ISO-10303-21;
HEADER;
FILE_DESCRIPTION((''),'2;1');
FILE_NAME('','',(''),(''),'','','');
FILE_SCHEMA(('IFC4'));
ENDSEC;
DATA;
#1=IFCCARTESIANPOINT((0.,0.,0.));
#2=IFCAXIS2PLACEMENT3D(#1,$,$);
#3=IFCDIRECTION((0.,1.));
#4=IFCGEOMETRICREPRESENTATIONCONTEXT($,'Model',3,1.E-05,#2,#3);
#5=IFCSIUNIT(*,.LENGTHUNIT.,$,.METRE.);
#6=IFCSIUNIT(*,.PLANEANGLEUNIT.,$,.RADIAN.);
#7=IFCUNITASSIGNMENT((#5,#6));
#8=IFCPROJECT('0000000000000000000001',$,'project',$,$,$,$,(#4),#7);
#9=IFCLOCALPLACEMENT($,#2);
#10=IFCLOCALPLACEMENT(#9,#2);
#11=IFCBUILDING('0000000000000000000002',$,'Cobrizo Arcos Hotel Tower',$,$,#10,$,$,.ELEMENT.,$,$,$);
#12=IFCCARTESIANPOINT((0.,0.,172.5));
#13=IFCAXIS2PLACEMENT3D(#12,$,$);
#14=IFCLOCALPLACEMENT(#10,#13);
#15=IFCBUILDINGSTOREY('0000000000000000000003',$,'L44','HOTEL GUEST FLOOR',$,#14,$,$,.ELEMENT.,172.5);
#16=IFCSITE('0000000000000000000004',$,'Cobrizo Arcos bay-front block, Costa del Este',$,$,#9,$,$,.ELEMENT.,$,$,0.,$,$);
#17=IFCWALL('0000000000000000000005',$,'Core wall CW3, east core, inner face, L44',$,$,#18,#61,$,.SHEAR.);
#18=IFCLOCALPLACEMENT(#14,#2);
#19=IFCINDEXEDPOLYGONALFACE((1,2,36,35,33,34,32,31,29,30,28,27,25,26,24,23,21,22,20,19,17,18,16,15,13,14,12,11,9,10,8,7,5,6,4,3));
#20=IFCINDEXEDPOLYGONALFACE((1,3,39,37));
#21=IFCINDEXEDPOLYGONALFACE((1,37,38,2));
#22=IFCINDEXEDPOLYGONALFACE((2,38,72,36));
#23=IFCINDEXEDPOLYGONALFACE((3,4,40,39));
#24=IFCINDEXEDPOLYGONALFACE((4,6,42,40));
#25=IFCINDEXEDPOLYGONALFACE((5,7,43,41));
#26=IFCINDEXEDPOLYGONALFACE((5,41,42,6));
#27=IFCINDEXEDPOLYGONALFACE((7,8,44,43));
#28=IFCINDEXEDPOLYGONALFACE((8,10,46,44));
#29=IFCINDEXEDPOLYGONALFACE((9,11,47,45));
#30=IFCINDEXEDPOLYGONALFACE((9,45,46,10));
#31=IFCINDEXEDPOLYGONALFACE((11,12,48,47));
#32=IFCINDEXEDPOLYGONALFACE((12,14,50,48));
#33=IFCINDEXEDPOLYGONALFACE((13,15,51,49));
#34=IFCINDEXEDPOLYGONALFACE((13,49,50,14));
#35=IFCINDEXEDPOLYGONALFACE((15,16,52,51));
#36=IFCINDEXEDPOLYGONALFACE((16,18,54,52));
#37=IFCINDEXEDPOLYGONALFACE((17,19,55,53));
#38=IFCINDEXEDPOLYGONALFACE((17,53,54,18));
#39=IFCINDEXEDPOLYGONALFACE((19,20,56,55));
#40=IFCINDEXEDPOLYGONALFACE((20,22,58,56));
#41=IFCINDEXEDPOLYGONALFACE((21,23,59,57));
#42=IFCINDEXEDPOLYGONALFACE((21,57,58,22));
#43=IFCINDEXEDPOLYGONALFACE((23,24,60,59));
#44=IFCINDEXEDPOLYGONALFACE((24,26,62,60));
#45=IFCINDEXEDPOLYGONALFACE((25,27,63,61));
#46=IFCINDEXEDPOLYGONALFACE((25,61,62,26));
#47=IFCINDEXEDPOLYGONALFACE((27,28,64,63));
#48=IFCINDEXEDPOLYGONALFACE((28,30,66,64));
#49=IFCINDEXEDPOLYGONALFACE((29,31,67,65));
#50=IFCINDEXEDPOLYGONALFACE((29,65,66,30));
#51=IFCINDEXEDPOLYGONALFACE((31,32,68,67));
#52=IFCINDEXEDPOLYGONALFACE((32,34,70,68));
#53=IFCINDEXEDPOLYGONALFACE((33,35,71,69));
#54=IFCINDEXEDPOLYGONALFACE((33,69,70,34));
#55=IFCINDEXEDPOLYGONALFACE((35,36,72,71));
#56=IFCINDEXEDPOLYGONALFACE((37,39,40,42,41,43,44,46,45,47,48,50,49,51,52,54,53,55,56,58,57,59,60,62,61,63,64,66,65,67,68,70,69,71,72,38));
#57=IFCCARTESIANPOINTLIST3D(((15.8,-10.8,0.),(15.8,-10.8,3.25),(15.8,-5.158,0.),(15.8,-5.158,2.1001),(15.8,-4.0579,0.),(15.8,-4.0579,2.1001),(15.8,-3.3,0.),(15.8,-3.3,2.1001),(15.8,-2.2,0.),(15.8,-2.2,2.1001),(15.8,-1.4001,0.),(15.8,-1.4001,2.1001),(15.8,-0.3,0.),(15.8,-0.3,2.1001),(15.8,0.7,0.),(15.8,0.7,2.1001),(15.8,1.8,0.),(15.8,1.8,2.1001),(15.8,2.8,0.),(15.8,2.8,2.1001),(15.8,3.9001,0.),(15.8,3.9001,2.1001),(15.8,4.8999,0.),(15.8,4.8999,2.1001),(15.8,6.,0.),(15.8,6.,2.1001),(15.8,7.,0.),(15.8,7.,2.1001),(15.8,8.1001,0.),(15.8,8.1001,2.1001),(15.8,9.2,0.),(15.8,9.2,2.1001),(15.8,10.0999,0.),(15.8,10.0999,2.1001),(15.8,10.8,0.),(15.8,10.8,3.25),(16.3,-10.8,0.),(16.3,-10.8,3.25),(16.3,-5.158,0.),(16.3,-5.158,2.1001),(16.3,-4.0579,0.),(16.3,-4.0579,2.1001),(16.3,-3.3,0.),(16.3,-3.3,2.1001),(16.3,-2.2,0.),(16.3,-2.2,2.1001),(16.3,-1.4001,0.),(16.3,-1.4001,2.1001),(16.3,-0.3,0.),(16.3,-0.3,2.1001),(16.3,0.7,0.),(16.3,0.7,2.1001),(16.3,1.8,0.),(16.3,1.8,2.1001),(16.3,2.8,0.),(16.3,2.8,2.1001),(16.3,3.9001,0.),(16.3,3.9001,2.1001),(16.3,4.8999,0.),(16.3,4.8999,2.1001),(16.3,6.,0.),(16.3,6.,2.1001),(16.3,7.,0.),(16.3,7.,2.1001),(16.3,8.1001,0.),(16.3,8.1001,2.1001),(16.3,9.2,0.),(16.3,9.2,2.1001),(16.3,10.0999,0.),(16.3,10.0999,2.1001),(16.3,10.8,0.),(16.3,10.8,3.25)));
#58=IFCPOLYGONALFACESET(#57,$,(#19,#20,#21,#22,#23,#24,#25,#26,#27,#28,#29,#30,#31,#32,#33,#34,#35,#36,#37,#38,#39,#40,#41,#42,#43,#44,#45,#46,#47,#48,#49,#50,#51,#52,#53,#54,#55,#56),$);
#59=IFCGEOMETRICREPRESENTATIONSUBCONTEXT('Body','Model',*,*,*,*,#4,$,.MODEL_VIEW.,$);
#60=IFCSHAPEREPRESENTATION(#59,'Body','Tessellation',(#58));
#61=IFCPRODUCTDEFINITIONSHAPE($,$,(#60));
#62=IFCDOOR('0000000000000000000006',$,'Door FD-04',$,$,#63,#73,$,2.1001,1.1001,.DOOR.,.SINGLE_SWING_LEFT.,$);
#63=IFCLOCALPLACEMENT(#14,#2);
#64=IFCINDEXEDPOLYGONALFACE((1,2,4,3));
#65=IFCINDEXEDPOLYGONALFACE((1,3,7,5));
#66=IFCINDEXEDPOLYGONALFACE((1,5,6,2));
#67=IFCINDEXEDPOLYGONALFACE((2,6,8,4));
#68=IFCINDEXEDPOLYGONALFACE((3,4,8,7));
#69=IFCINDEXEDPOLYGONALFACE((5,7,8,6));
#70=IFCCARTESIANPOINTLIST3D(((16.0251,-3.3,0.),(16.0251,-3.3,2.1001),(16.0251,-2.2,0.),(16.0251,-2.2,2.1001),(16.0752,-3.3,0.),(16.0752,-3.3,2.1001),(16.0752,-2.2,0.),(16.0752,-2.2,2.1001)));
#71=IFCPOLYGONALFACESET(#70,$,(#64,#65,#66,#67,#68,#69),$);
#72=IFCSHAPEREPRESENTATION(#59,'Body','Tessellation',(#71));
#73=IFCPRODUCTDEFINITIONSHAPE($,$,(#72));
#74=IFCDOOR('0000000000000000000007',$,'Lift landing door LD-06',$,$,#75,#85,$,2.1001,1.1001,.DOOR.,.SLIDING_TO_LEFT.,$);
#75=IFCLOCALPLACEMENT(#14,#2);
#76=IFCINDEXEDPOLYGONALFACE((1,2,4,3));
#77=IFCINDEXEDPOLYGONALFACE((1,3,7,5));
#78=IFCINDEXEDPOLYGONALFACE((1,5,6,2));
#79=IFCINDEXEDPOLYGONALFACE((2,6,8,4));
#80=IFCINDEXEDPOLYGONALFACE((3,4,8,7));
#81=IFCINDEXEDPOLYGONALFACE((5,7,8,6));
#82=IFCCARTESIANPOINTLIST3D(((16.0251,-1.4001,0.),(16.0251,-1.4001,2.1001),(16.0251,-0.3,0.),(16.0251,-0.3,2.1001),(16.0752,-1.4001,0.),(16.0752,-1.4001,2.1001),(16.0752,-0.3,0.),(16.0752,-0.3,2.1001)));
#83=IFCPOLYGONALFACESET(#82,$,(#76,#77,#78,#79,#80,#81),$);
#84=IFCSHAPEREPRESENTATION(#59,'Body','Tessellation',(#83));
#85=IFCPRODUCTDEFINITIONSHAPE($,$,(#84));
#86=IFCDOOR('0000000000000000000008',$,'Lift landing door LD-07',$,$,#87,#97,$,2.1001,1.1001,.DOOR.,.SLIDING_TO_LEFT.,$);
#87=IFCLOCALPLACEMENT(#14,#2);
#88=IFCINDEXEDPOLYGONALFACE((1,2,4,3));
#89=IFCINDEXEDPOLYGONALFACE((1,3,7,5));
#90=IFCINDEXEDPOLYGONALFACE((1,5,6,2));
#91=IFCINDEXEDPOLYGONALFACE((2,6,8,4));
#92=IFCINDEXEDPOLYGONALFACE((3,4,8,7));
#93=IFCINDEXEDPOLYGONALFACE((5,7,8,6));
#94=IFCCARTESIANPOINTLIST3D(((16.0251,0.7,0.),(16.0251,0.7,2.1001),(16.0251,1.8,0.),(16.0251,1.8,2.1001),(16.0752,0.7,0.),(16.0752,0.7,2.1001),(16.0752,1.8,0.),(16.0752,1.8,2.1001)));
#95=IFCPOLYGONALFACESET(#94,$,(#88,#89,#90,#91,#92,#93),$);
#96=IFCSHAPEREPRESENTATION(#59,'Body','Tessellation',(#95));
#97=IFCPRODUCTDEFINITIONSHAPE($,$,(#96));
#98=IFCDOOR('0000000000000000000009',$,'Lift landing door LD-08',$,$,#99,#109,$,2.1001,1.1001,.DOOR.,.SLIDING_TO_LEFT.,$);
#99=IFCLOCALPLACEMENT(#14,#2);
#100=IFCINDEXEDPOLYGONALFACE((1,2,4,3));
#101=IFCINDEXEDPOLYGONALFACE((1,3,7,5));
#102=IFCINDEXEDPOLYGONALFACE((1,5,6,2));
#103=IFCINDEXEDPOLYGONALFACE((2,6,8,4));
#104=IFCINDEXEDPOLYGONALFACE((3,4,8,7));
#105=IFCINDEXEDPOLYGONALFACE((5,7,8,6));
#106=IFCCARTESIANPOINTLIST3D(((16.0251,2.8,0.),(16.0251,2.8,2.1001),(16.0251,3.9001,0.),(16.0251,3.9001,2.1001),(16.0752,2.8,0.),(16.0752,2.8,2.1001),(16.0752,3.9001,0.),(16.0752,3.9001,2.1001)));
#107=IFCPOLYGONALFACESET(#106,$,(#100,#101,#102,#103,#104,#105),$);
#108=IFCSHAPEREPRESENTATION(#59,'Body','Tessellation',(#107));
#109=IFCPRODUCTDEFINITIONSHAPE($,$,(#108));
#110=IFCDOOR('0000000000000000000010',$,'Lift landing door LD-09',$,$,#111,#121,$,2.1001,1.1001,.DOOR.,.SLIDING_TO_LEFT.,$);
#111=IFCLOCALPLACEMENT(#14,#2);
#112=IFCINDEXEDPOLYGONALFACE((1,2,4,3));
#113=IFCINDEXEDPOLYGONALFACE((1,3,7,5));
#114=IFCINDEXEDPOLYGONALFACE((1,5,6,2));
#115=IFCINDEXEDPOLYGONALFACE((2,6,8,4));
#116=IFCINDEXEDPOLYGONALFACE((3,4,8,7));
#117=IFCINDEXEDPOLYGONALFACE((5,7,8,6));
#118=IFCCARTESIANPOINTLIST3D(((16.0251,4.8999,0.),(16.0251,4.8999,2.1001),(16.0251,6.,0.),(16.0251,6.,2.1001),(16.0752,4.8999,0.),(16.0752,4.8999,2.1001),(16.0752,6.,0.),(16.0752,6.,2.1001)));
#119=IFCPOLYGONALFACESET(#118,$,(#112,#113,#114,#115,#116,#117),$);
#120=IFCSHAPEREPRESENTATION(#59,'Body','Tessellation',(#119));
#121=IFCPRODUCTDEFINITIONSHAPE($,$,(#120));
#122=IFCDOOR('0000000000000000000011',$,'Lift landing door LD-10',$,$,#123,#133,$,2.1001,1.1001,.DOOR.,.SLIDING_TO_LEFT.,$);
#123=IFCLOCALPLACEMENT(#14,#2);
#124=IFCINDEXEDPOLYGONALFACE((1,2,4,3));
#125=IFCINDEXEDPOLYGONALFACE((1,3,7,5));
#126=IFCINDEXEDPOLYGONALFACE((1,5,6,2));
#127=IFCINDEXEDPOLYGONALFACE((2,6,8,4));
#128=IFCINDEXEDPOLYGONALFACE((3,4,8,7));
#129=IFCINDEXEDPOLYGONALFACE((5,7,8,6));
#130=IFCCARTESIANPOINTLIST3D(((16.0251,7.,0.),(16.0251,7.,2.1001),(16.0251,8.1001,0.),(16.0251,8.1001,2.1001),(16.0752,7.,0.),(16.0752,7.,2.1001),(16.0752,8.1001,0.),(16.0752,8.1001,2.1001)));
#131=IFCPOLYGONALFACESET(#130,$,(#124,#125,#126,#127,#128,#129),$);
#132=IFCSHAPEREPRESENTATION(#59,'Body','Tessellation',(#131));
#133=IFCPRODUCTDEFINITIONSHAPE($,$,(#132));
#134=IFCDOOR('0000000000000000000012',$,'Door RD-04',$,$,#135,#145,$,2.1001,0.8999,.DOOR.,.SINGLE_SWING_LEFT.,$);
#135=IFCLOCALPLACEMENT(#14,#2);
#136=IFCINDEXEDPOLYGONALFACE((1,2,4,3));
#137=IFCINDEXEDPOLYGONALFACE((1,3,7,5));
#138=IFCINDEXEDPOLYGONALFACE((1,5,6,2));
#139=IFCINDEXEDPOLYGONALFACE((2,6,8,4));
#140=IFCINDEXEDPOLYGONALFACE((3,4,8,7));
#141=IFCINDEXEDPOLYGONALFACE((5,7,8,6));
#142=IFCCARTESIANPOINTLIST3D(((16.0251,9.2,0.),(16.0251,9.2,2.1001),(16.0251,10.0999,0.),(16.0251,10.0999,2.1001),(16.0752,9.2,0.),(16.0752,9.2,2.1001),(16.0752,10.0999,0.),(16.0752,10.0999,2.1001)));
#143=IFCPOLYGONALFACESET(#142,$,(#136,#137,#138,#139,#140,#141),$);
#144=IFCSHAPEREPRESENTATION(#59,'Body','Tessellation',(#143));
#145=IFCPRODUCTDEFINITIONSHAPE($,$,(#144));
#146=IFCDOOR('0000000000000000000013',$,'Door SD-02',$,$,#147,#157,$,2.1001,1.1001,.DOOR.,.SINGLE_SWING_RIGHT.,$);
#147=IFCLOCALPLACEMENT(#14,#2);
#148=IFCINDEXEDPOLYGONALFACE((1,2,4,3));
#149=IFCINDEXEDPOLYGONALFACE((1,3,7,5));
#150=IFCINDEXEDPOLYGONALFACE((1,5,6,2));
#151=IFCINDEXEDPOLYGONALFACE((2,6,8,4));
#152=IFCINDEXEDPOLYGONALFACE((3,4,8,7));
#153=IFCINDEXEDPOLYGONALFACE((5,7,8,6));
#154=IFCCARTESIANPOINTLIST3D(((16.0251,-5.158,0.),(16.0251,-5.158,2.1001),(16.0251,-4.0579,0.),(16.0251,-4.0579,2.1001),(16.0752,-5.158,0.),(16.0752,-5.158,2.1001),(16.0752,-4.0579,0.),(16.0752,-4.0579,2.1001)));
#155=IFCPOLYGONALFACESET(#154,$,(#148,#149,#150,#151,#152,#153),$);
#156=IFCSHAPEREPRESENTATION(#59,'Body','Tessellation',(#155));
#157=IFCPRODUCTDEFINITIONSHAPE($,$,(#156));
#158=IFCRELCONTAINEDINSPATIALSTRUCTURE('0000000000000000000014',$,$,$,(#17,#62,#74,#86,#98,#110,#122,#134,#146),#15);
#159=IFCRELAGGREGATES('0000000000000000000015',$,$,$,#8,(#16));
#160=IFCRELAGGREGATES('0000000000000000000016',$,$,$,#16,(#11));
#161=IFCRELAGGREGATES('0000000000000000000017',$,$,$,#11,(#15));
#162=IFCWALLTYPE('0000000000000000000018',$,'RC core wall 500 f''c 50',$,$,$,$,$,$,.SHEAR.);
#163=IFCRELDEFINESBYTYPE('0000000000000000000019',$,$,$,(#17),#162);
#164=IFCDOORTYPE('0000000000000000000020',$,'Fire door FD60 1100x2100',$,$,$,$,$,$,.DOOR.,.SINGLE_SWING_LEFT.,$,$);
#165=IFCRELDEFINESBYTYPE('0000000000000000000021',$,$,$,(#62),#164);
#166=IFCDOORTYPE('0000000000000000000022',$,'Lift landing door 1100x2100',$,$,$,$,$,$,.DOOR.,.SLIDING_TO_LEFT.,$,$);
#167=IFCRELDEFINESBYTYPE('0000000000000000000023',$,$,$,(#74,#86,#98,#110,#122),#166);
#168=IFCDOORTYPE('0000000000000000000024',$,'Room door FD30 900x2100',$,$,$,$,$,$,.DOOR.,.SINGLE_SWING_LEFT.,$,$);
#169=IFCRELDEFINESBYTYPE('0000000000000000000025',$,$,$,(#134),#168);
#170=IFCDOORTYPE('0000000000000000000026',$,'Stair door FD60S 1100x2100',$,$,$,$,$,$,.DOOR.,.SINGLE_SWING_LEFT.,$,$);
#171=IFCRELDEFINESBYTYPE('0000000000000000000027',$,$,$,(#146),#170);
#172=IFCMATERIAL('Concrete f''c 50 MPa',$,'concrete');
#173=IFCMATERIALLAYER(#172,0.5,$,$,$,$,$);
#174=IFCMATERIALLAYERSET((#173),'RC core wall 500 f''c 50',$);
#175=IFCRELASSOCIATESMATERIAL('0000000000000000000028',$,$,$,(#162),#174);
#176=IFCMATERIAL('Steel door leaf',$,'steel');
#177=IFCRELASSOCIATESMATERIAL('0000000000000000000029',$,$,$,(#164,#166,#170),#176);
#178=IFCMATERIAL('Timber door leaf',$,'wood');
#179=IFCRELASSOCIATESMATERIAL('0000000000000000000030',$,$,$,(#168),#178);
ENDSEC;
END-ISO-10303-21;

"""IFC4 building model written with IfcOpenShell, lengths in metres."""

from ifc_helpers import new_model, si_unit, direction, frame, frame_2d, origin, place, context, subcontext, project, spatial, rectangle, extrude, material, layer, layer_set, type_object, element, fill, save


model = new_model("IFC4")

# Units and contexts
model_context = context("Model", 3, precision=1e-05, world=origin(), true_north=direction((0.0, 1.0)))
body_context = subcontext(model_context, "Body", "Model", "MODEL_VIEW")
ifc_project = project(units=[si_unit("LENGTHUNIT", "METRE"), si_unit("PLANEANGLEUNIT", "RADIAN")], contexts=[model_context])

# Site, building, storey
site_placement = place(None, origin())
site = spatial("IfcSite", under=ifc_project, at=site_placement, Name="Cobrizo Arcos bay-front block, Costa del Este", CompositionType="ELEMENT", RefElevation=0.0)
building_placement = place(site_placement, origin())
building = spatial("IfcBuilding", under=site, at=building_placement, Name="Cobrizo Arcos Hotel Tower", CompositionType="ELEMENT")
storey_placement = place(building_placement, frame((0.0, 0.0, 172.5)))
storey = spatial("IfcBuildingStorey", under=building, at=storey_placement, Name="L44", Description="HOTEL GUEST FLOOR", CompositionType="ELEMENT", Elevation=172.5)

# Wall, openings, doors
ifc_material_1 = material(Name="Concrete f'c 50 MPa", Category="concrete")
ifc_layer_1 = layer(ifc_material_1, 0.5)
ifc_layer_set_1 = layer_set([ifc_layer_1], Name="RC core wall 500 f'c 50")
wall_type_1 = type_object("IfcWallType", Name="RC core wall 500 f'c 50", PredefinedType="SHEAR", material=ifc_layer_set_1)
wall_1_placement = place(storey_placement, frame((16.05, -10.8, 0.0), z_axis=(0.0, 0.0, 1.0), x_axis=(0.0, 1.0, 0.0)))
wall_1 = element("IfcWall", 1, at=wall_1_placement, inside=storey, type_object=wall_type_1, Name="Core wall CW3, east core, inner face, L44", PredefinedType="SHEAR", context=body_context, shape_type="SweptSolid", body=[
    extrude(rectangle(XDim=21.6001, YDim=0.5, at=frame_2d((10.8, 0.0))), origin(), (0.0, 0.0, 1.0), 3.25),
])
opening_1_placement = place(wall_1_placement, frame((9.3999, 0.0, 0.0)))
opening_1 = element("IfcOpeningElement", 2, at=opening_1_placement, cuts=wall_1, PredefinedType="OPENING", context=body_context, shape_type="SweptSolid", body=[
    extrude(rectangle(XDim=1.1001, YDim=2.1001, at=frame_2d((0.55, 1.05))), frame((0.0, 0.262, 0.0), z_axis=(0.0, -1.0, 0.0), x_axis=(1.0, 0.0, 0.0)), (0.0, 0.0, 1.0), 0.5239),
])
opening_2_placement = place(wall_1_placement, frame((11.5, 0.0, 0.0)))
opening_2 = element("IfcOpeningElement", 3, at=opening_2_placement, cuts=wall_1, PredefinedType="OPENING", context=body_context, shape_type="SweptSolid", body=[
    extrude(rectangle(XDim=1.1001, YDim=2.1001, at=frame_2d((0.55, 1.05))), frame((0.0, 0.262, 0.0), z_axis=(0.0, -1.0, 0.0), x_axis=(1.0, 0.0, 0.0)), (0.0, 0.0, 1.0), 0.5239),
])
opening_3_placement = place(wall_1_placement, frame((13.6001, 0.0, 0.0)))
opening_3 = element("IfcOpeningElement", 4, at=opening_3_placement, cuts=wall_1, PredefinedType="OPENING", context=body_context, shape_type="SweptSolid", body=[
    extrude(rectangle(XDim=1.1001, YDim=2.1001, at=frame_2d((0.55, 1.05))), frame((0.0, 0.262, 0.0), z_axis=(0.0, -1.0, 0.0), x_axis=(1.0, 0.0, 0.0)), (0.0, 0.0, 1.0), 0.5239),
])
opening_4_placement = place(wall_1_placement, frame((15.7, 0.0, 0.0)))
opening_4 = element("IfcOpeningElement", 5, at=opening_4_placement, cuts=wall_1, PredefinedType="OPENING", context=body_context, shape_type="SweptSolid", body=[
    extrude(rectangle(XDim=1.1001, YDim=2.1001, at=frame_2d((0.55, 1.05))), frame((0.0, 0.262, 0.0), z_axis=(0.0, -1.0, 0.0), x_axis=(1.0, 0.0, 0.0)), (0.0, 0.0, 1.0), 0.5239),
])
opening_5_placement = place(wall_1_placement, frame((17.8, 0.0, 0.0)))
opening_5 = element("IfcOpeningElement", 6, at=opening_5_placement, cuts=wall_1, PredefinedType="OPENING", context=body_context, shape_type="SweptSolid", body=[
    extrude(rectangle(XDim=1.1001, YDim=2.1001, at=frame_2d((0.55, 1.05))), frame((0.0, 0.262, 0.0), z_axis=(0.0, -1.0, 0.0), x_axis=(1.0, 0.0, 0.0)), (0.0, 0.0, 1.0), 0.5239),
])
opening_6_placement = place(wall_1_placement, frame((5.6421, 0.0, 0.0)))
opening_6 = element("IfcOpeningElement", 7, at=opening_6_placement, cuts=wall_1, PredefinedType="OPENING", context=body_context, shape_type="SweptSolid", body=[
    extrude(rectangle(XDim=1.1001, YDim=2.1001, at=frame_2d((0.55, 1.05))), frame((0.0, 0.262, 0.0), z_axis=(0.0, -1.0, 0.0), x_axis=(1.0, 0.0, 0.0)), (0.0, 0.0, 1.0), 0.5239),
])
opening_7_placement = place(wall_1_placement, frame((7.5, 0.0, 0.0)))
opening_7 = element("IfcOpeningElement", 8, at=opening_7_placement, cuts=wall_1, PredefinedType="OPENING", context=body_context, shape_type="SweptSolid", body=[
    extrude(rectangle(XDim=1.1001, YDim=2.1001, at=frame_2d((0.55, 1.05))), frame((0.0, 0.262, 0.0), z_axis=(0.0, -1.0, 0.0), x_axis=(1.0, 0.0, 0.0)), (0.0, 0.0, 1.0), 0.5239),
])
opening_8_placement = place(wall_1_placement, frame((20.0, 0.0, 0.0)))
opening_8 = element("IfcOpeningElement", 9, at=opening_8_placement, cuts=wall_1, PredefinedType="OPENING", context=body_context, shape_type="SweptSolid", body=[
    extrude(rectangle(XDim=0.8999, YDim=2.1001, at=frame_2d((0.45, 1.05))), frame((0.0, 0.262, 0.0), z_axis=(0.0, -1.0, 0.0), x_axis=(1.0, 0.0, 0.0)), (0.0, 0.0, 1.0), 0.5239),
])
ifc_material_2 = material(Name="Steel door leaf", Category="steel")
door_type_1 = type_object("IfcDoorType", Name="Fire door FD60 1100x2100", OperationType="SINGLE_SWING_LEFT", PredefinedType="DOOR", material=ifc_material_2)
door_1_placement = place(opening_7_placement, origin())
door_1 = element("IfcDoor", 10, at=door_1_placement, inside=storey, type_object=door_type_1, Name="Door FD-04", OperationType="SINGLE_SWING_LEFT", OverallHeight=2.1001, OverallWidth=1.1001, PredefinedType="DOOR", context=body_context, shape_type="SweptSolid", body=[
    extrude(rectangle(XDim=1.1001, YDim=2.1001, at=frame_2d((0.55, 1.05))), frame((0.0, 0.0249, 0.0), z_axis=(0.0, -1.0, 0.0), x_axis=(1.0, 0.0, 0.0)), (0.0, 0.0, 1.0), 0.05),
])
fill(opening_7, door_1)
door_type_2 = type_object("IfcDoorType", Name="Lift landing door 1100x2100", OperationType="SLIDING_TO_LEFT", PredefinedType="DOOR", material=ifc_material_2)
door_2_placement = place(opening_1_placement, origin())
door_2 = element("IfcDoor", 11, at=door_2_placement, inside=storey, type_object=door_type_2, Name="Lift landing door LD-06", OperationType="SLIDING_TO_LEFT", OverallHeight=2.1001, OverallWidth=1.1001, PredefinedType="DOOR", context=body_context, shape_type="SweptSolid", body=[
    extrude(rectangle(XDim=1.1001, YDim=2.1001, at=frame_2d((0.55, 1.05))), frame((0.0, 0.0249, 0.0), z_axis=(0.0, -1.0, 0.0), x_axis=(1.0, 0.0, 0.0)), (0.0, 0.0, 1.0), 0.05),
])
fill(opening_1, door_2)
door_3_placement = place(opening_2_placement, origin())
door_3 = element("IfcDoor", 12, at=door_3_placement, inside=storey, type_object=door_type_2, Name="Lift landing door LD-07", OperationType="SLIDING_TO_LEFT", OverallHeight=2.1001, OverallWidth=1.1001, PredefinedType="DOOR", context=body_context, shape_type="SweptSolid", body=[
    extrude(rectangle(XDim=1.1001, YDim=2.1001, at=frame_2d((0.55, 1.05))), frame((0.0, 0.0249, 0.0), z_axis=(0.0, -1.0, 0.0), x_axis=(1.0, 0.0, 0.0)), (0.0, 0.0, 1.0), 0.05),
])
fill(opening_2, door_3)
door_4_placement = place(opening_3_placement, origin())
door_4 = element("IfcDoor", 13, at=door_4_placement, inside=storey, type_object=door_type_2, Name="Lift landing door LD-08", OperationType="SLIDING_TO_LEFT", OverallHeight=2.1001, OverallWidth=1.1001, PredefinedType="DOOR", context=body_context, shape_type="SweptSolid", body=[
    extrude(rectangle(XDim=1.1001, YDim=2.1001, at=frame_2d((0.55, 1.05))), frame((0.0, 0.0249, 0.0), z_axis=(0.0, -1.0, 0.0), x_axis=(1.0, 0.0, 0.0)), (0.0, 0.0, 1.0), 0.05),
])
fill(opening_3, door_4)
door_5_placement = place(opening_4_placement, origin())
door_5 = element("IfcDoor", 14, at=door_5_placement, inside=storey, type_object=door_type_2, Name="Lift landing door LD-09", OperationType="SLIDING_TO_LEFT", OverallHeight=2.1001, OverallWidth=1.1001, PredefinedType="DOOR", context=body_context, shape_type="SweptSolid", body=[
    extrude(rectangle(XDim=1.1001, YDim=2.1001, at=frame_2d((0.55, 1.05))), frame((0.0, 0.0249, 0.0), z_axis=(0.0, -1.0, 0.0), x_axis=(1.0, 0.0, 0.0)), (0.0, 0.0, 1.0), 0.05),
])
fill(opening_4, door_5)
door_6_placement = place(opening_5_placement, origin())
door_6 = element("IfcDoor", 15, at=door_6_placement, inside=storey, type_object=door_type_2, Name="Lift landing door LD-10", OperationType="SLIDING_TO_LEFT", OverallHeight=2.1001, OverallWidth=1.1001, PredefinedType="DOOR", context=body_context, shape_type="SweptSolid", body=[
    extrude(rectangle(XDim=1.1001, YDim=2.1001, at=frame_2d((0.55, 1.05))), frame((0.0, 0.0249, 0.0), z_axis=(0.0, -1.0, 0.0), x_axis=(1.0, 0.0, 0.0)), (0.0, 0.0, 1.0), 0.05),
])
fill(opening_5, door_6)
ifc_material_3 = material(Name="Timber door leaf", Category="wood")
door_type_3 = type_object("IfcDoorType", Name="Room door FD30 900x2100", OperationType="SINGLE_SWING_LEFT", PredefinedType="DOOR", material=ifc_material_3)
door_7_placement = place(opening_8_placement, origin())
door_7 = element("IfcDoor", 16, at=door_7_placement, inside=storey, type_object=door_type_3, Name="Door RD-04", OperationType="SINGLE_SWING_LEFT", OverallHeight=2.1001, OverallWidth=0.8999, PredefinedType="DOOR", context=body_context, shape_type="SweptSolid", body=[
    extrude(rectangle(XDim=0.8999, YDim=2.1001, at=frame_2d((0.45, 1.05))), frame((0.0, 0.0249, 0.0), z_axis=(0.0, -1.0, 0.0), x_axis=(1.0, 0.0, 0.0)), (0.0, 0.0, 1.0), 0.05),
])
fill(opening_8, door_7)
door_type_4 = type_object("IfcDoorType", Name="Stair door FD60S 1100x2100", OperationType="SINGLE_SWING_LEFT", PredefinedType="DOOR", material=ifc_material_2)
door_8_placement = place(opening_6_placement, origin())
door_8 = element("IfcDoor", 17, at=door_8_placement, inside=storey, type_object=door_type_4, Name="Door SD-02", OperationType="SINGLE_SWING_RIGHT", OverallHeight=2.1001, OverallWidth=1.1001, PredefinedType="DOOR", context=body_context, shape_type="SweptSolid", body=[
    extrude(rectangle(XDim=1.1001, YDim=2.1001, at=frame_2d((0.55, 1.05))), frame((0.0, 0.0249, 0.0), z_axis=(0.0, -1.0, 0.0), x_axis=(1.0, 0.0, 0.0)), (0.0, 0.0, 1.0), 0.05),
])
fill(opening_6, door_8)

save(model, "model.ifc")
